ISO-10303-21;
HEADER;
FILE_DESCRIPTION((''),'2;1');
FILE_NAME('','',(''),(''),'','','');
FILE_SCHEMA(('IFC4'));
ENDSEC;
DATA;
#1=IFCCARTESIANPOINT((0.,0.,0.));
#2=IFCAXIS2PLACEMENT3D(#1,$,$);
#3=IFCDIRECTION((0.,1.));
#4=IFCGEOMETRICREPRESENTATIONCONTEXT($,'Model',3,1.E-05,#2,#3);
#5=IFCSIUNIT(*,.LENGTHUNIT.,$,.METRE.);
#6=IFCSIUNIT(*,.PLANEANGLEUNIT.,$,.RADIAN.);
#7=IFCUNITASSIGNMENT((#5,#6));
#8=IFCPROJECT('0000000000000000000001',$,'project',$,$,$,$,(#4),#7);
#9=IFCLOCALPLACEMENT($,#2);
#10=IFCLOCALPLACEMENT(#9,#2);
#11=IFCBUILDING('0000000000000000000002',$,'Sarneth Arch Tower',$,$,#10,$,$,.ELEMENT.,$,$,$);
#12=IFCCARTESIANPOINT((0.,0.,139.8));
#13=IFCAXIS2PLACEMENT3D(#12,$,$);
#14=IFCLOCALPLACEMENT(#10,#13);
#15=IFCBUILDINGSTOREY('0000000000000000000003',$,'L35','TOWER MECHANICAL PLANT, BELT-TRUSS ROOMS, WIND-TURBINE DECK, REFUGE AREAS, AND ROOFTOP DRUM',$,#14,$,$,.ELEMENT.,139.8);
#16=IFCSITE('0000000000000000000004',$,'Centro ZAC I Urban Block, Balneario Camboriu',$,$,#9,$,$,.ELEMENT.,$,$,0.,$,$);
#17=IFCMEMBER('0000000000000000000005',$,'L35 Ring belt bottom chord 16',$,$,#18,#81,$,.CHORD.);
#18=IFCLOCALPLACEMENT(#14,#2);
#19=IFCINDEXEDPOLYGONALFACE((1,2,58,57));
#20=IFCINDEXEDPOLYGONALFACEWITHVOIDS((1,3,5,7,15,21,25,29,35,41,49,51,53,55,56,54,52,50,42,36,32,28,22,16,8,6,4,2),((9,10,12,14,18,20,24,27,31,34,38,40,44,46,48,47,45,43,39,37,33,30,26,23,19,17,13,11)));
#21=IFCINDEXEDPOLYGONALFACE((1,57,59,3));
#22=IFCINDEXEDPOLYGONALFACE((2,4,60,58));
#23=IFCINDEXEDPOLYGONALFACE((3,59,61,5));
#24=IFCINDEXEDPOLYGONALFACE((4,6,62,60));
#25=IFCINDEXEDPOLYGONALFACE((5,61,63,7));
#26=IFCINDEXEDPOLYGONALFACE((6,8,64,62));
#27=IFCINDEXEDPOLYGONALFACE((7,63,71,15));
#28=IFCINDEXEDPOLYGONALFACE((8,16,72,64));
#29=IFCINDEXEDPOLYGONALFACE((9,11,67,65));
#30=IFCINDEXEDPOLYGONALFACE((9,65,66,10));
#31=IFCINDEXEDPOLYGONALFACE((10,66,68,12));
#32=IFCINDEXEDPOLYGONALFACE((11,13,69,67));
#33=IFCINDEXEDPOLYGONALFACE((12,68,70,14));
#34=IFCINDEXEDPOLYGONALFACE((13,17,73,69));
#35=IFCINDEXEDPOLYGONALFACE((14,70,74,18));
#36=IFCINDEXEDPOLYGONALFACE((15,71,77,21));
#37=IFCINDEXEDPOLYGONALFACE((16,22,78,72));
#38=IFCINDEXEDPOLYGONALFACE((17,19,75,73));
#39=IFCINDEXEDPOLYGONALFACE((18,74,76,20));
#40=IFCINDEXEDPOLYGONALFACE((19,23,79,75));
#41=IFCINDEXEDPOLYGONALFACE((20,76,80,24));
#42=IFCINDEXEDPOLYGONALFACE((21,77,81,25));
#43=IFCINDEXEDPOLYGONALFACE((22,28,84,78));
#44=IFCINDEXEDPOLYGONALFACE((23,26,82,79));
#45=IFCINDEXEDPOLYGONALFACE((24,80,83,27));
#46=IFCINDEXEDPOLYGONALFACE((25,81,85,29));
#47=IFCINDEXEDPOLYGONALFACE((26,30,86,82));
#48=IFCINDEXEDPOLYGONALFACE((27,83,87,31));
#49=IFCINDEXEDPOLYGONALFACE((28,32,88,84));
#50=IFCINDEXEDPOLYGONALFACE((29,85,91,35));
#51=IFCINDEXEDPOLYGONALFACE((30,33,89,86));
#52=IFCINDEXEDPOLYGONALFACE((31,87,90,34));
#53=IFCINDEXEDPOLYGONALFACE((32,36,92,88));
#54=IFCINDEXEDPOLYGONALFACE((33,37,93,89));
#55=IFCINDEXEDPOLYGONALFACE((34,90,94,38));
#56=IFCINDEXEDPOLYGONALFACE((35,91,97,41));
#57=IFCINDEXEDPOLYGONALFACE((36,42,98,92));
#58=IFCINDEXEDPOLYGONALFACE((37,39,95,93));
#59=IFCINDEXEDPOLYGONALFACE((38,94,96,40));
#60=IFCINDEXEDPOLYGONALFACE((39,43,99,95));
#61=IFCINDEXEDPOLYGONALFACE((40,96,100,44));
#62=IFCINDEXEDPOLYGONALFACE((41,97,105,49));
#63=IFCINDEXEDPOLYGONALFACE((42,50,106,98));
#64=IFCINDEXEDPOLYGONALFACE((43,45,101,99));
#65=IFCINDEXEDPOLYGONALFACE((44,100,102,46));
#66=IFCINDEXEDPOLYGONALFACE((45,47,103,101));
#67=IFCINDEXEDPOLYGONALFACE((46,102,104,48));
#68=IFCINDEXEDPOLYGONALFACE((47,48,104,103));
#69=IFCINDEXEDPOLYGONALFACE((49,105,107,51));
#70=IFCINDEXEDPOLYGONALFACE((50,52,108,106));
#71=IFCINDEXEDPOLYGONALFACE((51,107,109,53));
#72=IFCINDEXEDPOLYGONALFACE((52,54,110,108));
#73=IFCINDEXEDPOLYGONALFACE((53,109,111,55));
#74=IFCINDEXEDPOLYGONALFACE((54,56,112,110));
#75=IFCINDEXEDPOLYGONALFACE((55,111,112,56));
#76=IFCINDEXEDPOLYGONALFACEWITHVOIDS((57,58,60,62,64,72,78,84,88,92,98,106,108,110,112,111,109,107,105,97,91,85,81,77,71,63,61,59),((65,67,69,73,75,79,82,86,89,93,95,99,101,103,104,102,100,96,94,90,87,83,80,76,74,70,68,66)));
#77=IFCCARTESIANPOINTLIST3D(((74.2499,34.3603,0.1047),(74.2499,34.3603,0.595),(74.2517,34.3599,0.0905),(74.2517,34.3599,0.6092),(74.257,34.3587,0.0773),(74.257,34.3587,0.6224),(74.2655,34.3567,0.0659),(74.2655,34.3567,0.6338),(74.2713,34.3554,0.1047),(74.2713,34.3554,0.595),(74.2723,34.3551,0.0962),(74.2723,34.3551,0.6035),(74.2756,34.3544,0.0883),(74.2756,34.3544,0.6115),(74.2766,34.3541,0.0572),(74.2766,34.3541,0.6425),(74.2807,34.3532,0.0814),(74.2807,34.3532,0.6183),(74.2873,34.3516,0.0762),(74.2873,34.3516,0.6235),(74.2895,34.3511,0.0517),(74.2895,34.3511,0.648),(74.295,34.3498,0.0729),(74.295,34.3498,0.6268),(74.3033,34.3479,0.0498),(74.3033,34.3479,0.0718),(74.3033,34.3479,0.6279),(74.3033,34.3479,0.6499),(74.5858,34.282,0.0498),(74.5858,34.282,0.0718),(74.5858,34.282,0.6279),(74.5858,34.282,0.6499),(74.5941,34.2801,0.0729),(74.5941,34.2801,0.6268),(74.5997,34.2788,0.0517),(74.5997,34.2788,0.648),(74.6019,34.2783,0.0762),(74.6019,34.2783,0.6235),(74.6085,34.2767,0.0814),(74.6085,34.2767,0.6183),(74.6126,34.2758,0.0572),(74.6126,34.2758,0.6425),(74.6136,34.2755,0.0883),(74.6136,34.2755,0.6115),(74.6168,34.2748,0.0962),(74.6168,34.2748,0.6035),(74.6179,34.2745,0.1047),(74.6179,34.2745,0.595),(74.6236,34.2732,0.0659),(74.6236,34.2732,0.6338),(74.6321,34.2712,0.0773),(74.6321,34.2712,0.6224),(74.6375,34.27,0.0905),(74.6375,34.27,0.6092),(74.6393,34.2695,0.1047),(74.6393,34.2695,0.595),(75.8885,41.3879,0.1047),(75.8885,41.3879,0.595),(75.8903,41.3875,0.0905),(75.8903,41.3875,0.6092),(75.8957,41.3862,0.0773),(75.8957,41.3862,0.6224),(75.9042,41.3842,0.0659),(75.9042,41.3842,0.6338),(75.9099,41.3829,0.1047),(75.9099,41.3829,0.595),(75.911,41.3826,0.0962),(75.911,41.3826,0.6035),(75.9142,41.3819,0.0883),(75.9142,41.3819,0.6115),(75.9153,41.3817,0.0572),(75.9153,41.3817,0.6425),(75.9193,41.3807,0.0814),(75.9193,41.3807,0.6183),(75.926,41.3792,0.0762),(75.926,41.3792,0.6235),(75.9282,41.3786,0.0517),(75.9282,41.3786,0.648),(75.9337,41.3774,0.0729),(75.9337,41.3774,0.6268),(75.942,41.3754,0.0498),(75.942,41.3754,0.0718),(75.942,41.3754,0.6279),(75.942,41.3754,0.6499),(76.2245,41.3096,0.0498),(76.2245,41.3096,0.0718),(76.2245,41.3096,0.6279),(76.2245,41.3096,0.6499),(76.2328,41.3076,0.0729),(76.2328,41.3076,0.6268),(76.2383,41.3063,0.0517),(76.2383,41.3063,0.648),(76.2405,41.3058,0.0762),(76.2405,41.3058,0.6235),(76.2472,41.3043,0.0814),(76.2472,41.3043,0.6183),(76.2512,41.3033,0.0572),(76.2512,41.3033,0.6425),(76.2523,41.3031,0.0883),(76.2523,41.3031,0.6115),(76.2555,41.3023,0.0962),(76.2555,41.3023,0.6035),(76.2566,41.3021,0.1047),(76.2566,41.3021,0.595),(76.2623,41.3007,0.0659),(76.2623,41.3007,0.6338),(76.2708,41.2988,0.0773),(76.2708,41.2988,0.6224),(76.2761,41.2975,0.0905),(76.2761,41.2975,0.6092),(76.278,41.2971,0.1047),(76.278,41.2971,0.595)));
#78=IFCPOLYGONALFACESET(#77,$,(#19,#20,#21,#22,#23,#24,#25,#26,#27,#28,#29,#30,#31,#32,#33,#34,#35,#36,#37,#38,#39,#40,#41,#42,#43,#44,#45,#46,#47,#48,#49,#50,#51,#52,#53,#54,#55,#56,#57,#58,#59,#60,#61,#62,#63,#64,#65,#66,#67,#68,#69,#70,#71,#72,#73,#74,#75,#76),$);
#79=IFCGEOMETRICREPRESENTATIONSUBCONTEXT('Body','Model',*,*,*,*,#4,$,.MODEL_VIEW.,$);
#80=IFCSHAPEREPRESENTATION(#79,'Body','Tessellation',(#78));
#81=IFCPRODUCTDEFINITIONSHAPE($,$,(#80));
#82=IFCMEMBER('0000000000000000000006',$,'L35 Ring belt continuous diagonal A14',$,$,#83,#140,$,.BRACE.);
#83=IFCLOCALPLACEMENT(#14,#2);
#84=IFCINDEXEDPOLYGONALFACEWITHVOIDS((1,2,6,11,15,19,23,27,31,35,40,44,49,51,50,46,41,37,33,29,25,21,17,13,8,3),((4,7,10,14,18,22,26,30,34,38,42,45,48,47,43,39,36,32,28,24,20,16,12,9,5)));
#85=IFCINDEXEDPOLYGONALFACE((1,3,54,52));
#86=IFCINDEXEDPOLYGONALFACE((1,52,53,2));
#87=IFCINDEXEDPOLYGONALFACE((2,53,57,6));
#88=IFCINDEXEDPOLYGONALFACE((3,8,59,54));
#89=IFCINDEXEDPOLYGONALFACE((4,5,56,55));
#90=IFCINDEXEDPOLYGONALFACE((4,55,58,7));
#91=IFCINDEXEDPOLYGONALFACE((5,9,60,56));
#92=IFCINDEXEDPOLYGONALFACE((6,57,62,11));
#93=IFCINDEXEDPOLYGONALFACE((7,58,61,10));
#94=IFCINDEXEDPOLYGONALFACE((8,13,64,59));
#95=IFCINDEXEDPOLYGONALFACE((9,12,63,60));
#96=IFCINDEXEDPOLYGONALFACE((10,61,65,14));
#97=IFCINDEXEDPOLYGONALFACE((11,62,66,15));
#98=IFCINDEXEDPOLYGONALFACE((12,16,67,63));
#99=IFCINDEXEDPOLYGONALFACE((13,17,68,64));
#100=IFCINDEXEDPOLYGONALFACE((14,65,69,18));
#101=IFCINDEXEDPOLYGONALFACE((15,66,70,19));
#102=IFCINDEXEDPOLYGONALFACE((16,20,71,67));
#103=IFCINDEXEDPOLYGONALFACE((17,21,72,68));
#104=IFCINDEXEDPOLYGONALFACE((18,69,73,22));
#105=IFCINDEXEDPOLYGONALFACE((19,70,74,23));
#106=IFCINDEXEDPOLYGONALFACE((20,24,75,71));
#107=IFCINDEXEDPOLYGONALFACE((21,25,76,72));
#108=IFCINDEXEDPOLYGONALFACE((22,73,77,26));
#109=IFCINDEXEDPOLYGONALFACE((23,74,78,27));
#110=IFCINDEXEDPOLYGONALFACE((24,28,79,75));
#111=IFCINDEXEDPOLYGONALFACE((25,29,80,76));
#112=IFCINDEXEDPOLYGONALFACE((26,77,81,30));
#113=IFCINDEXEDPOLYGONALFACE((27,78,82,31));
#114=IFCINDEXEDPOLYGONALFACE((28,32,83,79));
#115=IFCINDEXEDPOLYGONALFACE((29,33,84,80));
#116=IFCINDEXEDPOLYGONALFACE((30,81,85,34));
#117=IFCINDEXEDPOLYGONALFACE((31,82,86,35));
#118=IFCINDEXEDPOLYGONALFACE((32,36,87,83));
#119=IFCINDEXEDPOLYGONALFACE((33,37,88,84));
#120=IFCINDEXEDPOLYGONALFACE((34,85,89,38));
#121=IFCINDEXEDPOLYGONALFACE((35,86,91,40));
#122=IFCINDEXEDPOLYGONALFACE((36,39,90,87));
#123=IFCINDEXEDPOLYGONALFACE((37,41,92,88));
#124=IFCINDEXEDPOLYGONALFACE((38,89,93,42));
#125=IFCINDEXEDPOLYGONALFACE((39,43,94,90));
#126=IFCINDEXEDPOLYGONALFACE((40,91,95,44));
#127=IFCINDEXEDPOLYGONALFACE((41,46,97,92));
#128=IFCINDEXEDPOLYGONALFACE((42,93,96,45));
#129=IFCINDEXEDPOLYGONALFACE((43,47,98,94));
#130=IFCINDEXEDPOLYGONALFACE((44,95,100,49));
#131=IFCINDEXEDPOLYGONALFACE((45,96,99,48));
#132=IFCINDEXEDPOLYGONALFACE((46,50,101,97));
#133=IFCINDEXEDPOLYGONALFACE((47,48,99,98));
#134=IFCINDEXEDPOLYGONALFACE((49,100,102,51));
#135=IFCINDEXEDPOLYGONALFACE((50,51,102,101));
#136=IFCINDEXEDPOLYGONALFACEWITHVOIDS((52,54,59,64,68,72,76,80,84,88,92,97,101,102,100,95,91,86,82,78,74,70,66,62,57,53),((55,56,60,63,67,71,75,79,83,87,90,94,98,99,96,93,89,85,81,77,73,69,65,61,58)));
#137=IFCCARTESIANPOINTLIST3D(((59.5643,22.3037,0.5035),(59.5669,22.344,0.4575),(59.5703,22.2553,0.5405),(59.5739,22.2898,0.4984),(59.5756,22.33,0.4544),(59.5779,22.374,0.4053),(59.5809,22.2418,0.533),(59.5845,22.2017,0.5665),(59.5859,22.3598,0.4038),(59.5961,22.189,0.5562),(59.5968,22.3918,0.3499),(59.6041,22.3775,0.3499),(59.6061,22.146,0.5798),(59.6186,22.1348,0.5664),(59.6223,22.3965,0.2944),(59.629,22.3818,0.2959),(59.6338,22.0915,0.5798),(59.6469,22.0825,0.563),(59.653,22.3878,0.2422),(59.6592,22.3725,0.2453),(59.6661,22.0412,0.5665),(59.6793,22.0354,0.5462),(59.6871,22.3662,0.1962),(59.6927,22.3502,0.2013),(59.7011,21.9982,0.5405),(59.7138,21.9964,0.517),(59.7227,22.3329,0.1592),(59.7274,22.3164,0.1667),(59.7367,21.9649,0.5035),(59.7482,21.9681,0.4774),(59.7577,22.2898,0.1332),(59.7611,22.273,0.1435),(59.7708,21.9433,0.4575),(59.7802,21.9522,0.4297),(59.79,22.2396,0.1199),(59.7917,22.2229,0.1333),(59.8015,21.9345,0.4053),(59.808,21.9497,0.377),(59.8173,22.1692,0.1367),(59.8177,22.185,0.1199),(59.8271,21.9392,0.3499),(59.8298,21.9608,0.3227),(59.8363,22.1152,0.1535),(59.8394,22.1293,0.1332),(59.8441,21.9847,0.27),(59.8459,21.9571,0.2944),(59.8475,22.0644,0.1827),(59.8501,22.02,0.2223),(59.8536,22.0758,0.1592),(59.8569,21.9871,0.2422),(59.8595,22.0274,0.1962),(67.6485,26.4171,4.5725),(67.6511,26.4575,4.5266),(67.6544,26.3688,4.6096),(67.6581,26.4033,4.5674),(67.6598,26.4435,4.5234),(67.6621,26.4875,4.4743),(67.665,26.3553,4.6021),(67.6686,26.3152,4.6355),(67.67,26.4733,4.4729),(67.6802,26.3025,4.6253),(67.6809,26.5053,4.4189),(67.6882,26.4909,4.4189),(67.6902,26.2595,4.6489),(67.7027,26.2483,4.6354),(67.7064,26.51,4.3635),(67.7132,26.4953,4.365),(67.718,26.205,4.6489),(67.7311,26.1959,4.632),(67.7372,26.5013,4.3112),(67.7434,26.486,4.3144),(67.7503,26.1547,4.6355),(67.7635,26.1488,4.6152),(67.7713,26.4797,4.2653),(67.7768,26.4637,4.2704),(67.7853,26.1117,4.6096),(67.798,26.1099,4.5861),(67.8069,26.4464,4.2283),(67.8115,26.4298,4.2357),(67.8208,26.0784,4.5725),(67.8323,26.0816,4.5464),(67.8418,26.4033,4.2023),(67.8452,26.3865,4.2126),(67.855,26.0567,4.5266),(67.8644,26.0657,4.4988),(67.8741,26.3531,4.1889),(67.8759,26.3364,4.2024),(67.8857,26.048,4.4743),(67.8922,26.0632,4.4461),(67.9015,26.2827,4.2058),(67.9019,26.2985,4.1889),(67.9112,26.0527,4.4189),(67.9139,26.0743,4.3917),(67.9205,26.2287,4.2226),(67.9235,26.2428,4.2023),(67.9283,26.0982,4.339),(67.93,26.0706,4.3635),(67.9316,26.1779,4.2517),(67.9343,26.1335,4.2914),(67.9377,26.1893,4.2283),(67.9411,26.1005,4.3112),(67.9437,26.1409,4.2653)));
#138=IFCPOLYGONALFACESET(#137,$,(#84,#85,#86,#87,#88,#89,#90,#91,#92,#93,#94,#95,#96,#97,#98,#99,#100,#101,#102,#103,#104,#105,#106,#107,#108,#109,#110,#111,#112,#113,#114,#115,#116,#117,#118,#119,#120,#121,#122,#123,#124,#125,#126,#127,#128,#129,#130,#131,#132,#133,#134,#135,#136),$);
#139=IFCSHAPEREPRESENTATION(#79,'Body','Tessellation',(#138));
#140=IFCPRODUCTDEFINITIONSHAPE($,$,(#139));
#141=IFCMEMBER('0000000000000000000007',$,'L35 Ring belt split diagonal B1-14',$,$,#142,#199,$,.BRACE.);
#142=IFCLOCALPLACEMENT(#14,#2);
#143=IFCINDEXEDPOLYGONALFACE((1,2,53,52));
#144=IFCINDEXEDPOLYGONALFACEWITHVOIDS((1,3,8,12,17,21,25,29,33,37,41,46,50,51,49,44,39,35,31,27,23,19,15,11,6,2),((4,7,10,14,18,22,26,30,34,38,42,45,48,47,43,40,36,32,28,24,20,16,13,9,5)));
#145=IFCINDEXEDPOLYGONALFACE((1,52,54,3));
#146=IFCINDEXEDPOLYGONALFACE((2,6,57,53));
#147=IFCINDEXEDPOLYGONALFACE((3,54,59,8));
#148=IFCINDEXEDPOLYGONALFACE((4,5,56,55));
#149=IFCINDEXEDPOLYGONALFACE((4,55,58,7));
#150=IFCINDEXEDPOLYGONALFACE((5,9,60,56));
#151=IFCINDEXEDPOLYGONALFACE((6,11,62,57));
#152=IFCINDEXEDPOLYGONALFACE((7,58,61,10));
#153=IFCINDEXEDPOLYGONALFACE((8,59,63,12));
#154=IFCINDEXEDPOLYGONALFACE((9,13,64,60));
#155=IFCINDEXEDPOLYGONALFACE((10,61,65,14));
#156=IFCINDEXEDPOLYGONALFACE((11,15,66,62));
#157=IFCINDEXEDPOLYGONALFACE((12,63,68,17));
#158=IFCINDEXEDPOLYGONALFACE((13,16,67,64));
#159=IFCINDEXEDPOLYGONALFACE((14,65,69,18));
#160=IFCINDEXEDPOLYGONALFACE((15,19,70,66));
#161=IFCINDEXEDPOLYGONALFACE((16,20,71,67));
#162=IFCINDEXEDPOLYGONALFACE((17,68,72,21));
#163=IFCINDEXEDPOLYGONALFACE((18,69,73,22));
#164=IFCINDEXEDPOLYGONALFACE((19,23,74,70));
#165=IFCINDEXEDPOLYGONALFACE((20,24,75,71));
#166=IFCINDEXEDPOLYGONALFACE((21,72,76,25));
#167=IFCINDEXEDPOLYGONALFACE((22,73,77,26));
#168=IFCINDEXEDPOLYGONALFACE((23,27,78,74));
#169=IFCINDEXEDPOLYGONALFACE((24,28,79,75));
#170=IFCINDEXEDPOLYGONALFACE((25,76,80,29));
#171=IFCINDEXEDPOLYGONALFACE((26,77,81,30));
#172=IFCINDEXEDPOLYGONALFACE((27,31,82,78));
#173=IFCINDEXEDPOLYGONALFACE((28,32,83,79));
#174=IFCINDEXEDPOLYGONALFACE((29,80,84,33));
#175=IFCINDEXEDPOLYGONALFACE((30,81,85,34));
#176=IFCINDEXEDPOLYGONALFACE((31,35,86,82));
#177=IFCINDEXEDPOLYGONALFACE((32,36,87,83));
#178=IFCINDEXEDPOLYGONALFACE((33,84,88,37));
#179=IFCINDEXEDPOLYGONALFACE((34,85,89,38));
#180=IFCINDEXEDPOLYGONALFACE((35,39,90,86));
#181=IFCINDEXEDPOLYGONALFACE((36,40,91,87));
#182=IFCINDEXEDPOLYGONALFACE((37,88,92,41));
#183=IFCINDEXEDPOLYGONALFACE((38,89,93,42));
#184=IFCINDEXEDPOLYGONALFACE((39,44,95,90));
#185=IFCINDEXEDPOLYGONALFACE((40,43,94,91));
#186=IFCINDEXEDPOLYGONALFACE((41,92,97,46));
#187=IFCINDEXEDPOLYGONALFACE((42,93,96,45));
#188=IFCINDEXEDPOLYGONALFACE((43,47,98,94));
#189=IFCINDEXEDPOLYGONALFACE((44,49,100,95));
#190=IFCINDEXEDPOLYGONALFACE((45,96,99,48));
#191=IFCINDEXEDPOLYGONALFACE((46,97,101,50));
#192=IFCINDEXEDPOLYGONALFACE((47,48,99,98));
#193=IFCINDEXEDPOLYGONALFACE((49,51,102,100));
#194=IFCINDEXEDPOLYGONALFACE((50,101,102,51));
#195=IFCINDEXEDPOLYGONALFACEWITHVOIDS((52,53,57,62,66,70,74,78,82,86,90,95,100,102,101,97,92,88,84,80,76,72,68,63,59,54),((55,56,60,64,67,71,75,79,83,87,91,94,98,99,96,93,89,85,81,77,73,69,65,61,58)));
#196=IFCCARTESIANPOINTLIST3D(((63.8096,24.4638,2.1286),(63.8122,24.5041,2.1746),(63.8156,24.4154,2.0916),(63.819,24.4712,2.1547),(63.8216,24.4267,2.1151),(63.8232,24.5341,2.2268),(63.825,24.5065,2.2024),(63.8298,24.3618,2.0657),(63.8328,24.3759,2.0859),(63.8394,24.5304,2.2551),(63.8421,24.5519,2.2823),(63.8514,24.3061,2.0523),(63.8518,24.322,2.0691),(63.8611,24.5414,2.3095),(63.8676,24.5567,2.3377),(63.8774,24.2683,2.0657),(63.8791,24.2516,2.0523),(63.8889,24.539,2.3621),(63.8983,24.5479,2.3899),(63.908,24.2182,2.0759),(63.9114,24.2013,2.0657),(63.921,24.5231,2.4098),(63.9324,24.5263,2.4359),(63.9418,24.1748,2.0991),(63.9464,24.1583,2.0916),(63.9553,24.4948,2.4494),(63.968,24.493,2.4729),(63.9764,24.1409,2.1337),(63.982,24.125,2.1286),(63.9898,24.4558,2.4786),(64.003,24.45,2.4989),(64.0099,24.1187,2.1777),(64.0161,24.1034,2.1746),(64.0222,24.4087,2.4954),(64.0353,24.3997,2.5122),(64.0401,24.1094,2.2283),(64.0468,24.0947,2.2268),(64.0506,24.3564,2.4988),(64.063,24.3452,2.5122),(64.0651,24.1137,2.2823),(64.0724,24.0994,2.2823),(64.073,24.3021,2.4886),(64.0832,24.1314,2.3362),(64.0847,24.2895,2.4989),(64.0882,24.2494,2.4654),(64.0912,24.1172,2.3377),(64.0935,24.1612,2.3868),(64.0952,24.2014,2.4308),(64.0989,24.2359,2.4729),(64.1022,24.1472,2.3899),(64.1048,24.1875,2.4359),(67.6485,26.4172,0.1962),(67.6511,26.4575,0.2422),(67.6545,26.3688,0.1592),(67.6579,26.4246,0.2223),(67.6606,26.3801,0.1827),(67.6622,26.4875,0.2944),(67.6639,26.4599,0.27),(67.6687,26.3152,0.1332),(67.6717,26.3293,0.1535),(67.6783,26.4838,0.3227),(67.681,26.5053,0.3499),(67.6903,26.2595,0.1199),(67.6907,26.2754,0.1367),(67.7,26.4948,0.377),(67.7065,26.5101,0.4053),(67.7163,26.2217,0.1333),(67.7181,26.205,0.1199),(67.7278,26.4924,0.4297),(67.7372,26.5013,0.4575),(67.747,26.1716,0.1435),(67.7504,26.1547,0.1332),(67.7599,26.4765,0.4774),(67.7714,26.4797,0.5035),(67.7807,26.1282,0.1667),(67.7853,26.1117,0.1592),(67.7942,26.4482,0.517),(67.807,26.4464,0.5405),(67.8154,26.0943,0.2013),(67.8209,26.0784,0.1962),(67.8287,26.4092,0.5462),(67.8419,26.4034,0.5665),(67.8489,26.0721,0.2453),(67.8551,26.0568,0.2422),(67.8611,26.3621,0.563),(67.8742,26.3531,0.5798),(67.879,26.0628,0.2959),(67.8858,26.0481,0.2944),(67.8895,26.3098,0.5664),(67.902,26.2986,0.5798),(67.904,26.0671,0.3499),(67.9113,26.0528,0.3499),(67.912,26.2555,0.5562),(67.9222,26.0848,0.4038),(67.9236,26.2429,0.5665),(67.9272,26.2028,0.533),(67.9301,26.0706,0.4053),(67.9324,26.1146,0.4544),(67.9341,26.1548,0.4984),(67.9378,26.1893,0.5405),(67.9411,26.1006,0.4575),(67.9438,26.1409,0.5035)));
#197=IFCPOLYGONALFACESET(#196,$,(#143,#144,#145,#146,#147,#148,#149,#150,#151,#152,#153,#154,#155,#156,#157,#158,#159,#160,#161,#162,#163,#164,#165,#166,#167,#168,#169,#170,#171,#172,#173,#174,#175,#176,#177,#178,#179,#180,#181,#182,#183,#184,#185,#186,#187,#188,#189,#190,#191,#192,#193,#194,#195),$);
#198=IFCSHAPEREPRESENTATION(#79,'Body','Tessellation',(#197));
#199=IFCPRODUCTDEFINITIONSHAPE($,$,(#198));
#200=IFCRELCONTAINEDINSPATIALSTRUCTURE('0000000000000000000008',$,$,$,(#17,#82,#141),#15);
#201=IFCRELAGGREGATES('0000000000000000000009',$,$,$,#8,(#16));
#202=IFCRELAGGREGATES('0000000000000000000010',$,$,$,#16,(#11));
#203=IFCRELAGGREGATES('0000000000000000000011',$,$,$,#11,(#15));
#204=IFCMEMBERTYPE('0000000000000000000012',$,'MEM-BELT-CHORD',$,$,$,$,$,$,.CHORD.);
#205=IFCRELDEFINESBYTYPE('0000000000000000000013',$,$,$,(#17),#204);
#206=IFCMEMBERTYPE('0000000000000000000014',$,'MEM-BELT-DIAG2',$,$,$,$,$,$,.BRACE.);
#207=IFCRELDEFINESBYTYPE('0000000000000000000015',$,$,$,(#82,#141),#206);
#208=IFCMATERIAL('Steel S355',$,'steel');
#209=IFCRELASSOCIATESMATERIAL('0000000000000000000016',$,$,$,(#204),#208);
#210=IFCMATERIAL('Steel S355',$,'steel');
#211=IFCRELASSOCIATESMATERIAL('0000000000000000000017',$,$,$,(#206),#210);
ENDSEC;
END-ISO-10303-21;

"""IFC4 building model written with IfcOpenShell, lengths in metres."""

from ifc_helpers import new_model, si_unit, direction, frame, origin, origin_2d, place, context, subcontext, project, spatial, hollow_rectangle, hollow_circle, extrude, material, material_profile, profile_set, type_object, element, save


model = new_model("IFC4")

# Units and contexts
model_context = context("Model", 3, precision=1e-05, world=origin(), true_north=direction((0.0, 1.0)))
body_context = subcontext(model_context, "Body", "Model", "MODEL_VIEW")
ifc_project = project(units=[si_unit("LENGTHUNIT", "METRE"), si_unit("PLANEANGLEUNIT", "RADIAN")], contexts=[model_context])

# Site, building, storey
site_placement = place(None, origin())
site = spatial("IfcSite", under=ifc_project, at=site_placement, Name="Centro ZAC I Urban Block, Balneario Camboriu", CompositionType="ELEMENT", RefElevation=0.0)
building_placement = place(site_placement, origin())
building = spatial("IfcBuilding", under=site, at=building_placement, Name="Sarneth Arch Tower", CompositionType="ELEMENT")
storey_placement = place(building_placement, frame((0.0, 0.0, 139.8)))
storey = spatial("IfcBuildingStorey", under=building, at=storey_placement, Name="L35", Description="TOWER MECHANICAL PLANT, BELT-TRUSS ROOMS, WIND-TURBINE DECK, REFUGE AREAS, AND ROOFTOP DRUM", CompositionType="ELEMENT", Elevation=139.8)

# Members
ifc_material_1 = material(Name="Steel S355", Category="steel")
ifc_material_profile_1 = material_profile(ifc_material_1, hollow_rectangle(XDim=0.3999, YDim=0.6001, WallThickness=0.022, InnerFilletRadius=0.033, OuterFilletRadius=0.0549, at=origin_2d()), Name="RHS600x400x22")
ifc_profile_set_1 = profile_set([ifc_material_profile_1], Name="Steel S355")
member_type_1 = type_object("IfcMemberType", Name="MEM-BELT-CHORD", PredefinedType="CHORD", material=ifc_profile_set_1)
member_1_placement = place(storey_placement, frame((74.4446, 34.3149, 0.3499), z_axis=(0.227085, 0.973875, 0.0), x_axis=(-0.973875, 0.227085, 0.0)))
element("IfcMember", 1, at=member_1_placement, inside=storey, type_object=member_type_1, Name="L35 Ring belt bottom chord 16", PredefinedType="CHORD", context=body_context, shape_type="SweptSolid", body=[
    extrude(hollow_rectangle(XDim=0.3999, YDim=0.6001, WallThickness=0.022, InnerFilletRadius=0.033, OuterFilletRadius=0.0549, at=origin_2d()), origin(), (0.0, 0.0, 1.0), 7.2161),
])
ifc_material_2 = material(Name="Steel S355", Category="steel")
ifc_material_profile_2 = material_profile(ifc_material_2, hollow_circle(Radius=0.2539, WallThickness=0.0161, at=origin_2d()), Name="CHS508x16")
ifc_profile_set_2 = profile_set([ifc_material_profile_2], Name="Steel S355")
member_type_2 = type_object("IfcMemberType", Name="MEM-BELT-DIAG2", PredefinedType="BRACE", material=ifc_profile_set_2)
member_2_placement = place(storey_placement, frame((59.7119, 22.1655, 0.3499), z_axis=(0.81318, 0.413773, 0.409304), x_axis=(-0.453501, 0.891256, 0.0)))
element("IfcMember", 2, at=member_2_placement, inside=storey, type_object=member_type_2, Name="L35 Ring belt continuous diagonal A14", PredefinedType="BRACE", context=body_context, shape_type="SweptSolid", body=[
    extrude(hollow_circle(Radius=0.2539, WallThickness=0.0161, at=origin_2d()), origin(), (0.0, 0.0, 1.0), 9.9414),
])
member_3_placement = place(storey_placement, frame((67.7961, 26.2791, 0.3499), z_axis=(-0.813169, -0.413773, 0.409326), x_axis=(0.453505, -0.891254, 0.0)))
element("IfcMember", 3, at=member_3_placement, inside=storey, type_object=member_type_2, Name="L35 Ring belt split diagonal B1-14", PredefinedType="BRACE", context=body_context, shape_type="SweptSolid", body=[
    extrude(hollow_circle(Radius=0.2539, WallThickness=0.0161, at=origin_2d()), origin(), (0.0, 0.0, 1.0), 4.7209),
])

save(model, "model.ifc")
